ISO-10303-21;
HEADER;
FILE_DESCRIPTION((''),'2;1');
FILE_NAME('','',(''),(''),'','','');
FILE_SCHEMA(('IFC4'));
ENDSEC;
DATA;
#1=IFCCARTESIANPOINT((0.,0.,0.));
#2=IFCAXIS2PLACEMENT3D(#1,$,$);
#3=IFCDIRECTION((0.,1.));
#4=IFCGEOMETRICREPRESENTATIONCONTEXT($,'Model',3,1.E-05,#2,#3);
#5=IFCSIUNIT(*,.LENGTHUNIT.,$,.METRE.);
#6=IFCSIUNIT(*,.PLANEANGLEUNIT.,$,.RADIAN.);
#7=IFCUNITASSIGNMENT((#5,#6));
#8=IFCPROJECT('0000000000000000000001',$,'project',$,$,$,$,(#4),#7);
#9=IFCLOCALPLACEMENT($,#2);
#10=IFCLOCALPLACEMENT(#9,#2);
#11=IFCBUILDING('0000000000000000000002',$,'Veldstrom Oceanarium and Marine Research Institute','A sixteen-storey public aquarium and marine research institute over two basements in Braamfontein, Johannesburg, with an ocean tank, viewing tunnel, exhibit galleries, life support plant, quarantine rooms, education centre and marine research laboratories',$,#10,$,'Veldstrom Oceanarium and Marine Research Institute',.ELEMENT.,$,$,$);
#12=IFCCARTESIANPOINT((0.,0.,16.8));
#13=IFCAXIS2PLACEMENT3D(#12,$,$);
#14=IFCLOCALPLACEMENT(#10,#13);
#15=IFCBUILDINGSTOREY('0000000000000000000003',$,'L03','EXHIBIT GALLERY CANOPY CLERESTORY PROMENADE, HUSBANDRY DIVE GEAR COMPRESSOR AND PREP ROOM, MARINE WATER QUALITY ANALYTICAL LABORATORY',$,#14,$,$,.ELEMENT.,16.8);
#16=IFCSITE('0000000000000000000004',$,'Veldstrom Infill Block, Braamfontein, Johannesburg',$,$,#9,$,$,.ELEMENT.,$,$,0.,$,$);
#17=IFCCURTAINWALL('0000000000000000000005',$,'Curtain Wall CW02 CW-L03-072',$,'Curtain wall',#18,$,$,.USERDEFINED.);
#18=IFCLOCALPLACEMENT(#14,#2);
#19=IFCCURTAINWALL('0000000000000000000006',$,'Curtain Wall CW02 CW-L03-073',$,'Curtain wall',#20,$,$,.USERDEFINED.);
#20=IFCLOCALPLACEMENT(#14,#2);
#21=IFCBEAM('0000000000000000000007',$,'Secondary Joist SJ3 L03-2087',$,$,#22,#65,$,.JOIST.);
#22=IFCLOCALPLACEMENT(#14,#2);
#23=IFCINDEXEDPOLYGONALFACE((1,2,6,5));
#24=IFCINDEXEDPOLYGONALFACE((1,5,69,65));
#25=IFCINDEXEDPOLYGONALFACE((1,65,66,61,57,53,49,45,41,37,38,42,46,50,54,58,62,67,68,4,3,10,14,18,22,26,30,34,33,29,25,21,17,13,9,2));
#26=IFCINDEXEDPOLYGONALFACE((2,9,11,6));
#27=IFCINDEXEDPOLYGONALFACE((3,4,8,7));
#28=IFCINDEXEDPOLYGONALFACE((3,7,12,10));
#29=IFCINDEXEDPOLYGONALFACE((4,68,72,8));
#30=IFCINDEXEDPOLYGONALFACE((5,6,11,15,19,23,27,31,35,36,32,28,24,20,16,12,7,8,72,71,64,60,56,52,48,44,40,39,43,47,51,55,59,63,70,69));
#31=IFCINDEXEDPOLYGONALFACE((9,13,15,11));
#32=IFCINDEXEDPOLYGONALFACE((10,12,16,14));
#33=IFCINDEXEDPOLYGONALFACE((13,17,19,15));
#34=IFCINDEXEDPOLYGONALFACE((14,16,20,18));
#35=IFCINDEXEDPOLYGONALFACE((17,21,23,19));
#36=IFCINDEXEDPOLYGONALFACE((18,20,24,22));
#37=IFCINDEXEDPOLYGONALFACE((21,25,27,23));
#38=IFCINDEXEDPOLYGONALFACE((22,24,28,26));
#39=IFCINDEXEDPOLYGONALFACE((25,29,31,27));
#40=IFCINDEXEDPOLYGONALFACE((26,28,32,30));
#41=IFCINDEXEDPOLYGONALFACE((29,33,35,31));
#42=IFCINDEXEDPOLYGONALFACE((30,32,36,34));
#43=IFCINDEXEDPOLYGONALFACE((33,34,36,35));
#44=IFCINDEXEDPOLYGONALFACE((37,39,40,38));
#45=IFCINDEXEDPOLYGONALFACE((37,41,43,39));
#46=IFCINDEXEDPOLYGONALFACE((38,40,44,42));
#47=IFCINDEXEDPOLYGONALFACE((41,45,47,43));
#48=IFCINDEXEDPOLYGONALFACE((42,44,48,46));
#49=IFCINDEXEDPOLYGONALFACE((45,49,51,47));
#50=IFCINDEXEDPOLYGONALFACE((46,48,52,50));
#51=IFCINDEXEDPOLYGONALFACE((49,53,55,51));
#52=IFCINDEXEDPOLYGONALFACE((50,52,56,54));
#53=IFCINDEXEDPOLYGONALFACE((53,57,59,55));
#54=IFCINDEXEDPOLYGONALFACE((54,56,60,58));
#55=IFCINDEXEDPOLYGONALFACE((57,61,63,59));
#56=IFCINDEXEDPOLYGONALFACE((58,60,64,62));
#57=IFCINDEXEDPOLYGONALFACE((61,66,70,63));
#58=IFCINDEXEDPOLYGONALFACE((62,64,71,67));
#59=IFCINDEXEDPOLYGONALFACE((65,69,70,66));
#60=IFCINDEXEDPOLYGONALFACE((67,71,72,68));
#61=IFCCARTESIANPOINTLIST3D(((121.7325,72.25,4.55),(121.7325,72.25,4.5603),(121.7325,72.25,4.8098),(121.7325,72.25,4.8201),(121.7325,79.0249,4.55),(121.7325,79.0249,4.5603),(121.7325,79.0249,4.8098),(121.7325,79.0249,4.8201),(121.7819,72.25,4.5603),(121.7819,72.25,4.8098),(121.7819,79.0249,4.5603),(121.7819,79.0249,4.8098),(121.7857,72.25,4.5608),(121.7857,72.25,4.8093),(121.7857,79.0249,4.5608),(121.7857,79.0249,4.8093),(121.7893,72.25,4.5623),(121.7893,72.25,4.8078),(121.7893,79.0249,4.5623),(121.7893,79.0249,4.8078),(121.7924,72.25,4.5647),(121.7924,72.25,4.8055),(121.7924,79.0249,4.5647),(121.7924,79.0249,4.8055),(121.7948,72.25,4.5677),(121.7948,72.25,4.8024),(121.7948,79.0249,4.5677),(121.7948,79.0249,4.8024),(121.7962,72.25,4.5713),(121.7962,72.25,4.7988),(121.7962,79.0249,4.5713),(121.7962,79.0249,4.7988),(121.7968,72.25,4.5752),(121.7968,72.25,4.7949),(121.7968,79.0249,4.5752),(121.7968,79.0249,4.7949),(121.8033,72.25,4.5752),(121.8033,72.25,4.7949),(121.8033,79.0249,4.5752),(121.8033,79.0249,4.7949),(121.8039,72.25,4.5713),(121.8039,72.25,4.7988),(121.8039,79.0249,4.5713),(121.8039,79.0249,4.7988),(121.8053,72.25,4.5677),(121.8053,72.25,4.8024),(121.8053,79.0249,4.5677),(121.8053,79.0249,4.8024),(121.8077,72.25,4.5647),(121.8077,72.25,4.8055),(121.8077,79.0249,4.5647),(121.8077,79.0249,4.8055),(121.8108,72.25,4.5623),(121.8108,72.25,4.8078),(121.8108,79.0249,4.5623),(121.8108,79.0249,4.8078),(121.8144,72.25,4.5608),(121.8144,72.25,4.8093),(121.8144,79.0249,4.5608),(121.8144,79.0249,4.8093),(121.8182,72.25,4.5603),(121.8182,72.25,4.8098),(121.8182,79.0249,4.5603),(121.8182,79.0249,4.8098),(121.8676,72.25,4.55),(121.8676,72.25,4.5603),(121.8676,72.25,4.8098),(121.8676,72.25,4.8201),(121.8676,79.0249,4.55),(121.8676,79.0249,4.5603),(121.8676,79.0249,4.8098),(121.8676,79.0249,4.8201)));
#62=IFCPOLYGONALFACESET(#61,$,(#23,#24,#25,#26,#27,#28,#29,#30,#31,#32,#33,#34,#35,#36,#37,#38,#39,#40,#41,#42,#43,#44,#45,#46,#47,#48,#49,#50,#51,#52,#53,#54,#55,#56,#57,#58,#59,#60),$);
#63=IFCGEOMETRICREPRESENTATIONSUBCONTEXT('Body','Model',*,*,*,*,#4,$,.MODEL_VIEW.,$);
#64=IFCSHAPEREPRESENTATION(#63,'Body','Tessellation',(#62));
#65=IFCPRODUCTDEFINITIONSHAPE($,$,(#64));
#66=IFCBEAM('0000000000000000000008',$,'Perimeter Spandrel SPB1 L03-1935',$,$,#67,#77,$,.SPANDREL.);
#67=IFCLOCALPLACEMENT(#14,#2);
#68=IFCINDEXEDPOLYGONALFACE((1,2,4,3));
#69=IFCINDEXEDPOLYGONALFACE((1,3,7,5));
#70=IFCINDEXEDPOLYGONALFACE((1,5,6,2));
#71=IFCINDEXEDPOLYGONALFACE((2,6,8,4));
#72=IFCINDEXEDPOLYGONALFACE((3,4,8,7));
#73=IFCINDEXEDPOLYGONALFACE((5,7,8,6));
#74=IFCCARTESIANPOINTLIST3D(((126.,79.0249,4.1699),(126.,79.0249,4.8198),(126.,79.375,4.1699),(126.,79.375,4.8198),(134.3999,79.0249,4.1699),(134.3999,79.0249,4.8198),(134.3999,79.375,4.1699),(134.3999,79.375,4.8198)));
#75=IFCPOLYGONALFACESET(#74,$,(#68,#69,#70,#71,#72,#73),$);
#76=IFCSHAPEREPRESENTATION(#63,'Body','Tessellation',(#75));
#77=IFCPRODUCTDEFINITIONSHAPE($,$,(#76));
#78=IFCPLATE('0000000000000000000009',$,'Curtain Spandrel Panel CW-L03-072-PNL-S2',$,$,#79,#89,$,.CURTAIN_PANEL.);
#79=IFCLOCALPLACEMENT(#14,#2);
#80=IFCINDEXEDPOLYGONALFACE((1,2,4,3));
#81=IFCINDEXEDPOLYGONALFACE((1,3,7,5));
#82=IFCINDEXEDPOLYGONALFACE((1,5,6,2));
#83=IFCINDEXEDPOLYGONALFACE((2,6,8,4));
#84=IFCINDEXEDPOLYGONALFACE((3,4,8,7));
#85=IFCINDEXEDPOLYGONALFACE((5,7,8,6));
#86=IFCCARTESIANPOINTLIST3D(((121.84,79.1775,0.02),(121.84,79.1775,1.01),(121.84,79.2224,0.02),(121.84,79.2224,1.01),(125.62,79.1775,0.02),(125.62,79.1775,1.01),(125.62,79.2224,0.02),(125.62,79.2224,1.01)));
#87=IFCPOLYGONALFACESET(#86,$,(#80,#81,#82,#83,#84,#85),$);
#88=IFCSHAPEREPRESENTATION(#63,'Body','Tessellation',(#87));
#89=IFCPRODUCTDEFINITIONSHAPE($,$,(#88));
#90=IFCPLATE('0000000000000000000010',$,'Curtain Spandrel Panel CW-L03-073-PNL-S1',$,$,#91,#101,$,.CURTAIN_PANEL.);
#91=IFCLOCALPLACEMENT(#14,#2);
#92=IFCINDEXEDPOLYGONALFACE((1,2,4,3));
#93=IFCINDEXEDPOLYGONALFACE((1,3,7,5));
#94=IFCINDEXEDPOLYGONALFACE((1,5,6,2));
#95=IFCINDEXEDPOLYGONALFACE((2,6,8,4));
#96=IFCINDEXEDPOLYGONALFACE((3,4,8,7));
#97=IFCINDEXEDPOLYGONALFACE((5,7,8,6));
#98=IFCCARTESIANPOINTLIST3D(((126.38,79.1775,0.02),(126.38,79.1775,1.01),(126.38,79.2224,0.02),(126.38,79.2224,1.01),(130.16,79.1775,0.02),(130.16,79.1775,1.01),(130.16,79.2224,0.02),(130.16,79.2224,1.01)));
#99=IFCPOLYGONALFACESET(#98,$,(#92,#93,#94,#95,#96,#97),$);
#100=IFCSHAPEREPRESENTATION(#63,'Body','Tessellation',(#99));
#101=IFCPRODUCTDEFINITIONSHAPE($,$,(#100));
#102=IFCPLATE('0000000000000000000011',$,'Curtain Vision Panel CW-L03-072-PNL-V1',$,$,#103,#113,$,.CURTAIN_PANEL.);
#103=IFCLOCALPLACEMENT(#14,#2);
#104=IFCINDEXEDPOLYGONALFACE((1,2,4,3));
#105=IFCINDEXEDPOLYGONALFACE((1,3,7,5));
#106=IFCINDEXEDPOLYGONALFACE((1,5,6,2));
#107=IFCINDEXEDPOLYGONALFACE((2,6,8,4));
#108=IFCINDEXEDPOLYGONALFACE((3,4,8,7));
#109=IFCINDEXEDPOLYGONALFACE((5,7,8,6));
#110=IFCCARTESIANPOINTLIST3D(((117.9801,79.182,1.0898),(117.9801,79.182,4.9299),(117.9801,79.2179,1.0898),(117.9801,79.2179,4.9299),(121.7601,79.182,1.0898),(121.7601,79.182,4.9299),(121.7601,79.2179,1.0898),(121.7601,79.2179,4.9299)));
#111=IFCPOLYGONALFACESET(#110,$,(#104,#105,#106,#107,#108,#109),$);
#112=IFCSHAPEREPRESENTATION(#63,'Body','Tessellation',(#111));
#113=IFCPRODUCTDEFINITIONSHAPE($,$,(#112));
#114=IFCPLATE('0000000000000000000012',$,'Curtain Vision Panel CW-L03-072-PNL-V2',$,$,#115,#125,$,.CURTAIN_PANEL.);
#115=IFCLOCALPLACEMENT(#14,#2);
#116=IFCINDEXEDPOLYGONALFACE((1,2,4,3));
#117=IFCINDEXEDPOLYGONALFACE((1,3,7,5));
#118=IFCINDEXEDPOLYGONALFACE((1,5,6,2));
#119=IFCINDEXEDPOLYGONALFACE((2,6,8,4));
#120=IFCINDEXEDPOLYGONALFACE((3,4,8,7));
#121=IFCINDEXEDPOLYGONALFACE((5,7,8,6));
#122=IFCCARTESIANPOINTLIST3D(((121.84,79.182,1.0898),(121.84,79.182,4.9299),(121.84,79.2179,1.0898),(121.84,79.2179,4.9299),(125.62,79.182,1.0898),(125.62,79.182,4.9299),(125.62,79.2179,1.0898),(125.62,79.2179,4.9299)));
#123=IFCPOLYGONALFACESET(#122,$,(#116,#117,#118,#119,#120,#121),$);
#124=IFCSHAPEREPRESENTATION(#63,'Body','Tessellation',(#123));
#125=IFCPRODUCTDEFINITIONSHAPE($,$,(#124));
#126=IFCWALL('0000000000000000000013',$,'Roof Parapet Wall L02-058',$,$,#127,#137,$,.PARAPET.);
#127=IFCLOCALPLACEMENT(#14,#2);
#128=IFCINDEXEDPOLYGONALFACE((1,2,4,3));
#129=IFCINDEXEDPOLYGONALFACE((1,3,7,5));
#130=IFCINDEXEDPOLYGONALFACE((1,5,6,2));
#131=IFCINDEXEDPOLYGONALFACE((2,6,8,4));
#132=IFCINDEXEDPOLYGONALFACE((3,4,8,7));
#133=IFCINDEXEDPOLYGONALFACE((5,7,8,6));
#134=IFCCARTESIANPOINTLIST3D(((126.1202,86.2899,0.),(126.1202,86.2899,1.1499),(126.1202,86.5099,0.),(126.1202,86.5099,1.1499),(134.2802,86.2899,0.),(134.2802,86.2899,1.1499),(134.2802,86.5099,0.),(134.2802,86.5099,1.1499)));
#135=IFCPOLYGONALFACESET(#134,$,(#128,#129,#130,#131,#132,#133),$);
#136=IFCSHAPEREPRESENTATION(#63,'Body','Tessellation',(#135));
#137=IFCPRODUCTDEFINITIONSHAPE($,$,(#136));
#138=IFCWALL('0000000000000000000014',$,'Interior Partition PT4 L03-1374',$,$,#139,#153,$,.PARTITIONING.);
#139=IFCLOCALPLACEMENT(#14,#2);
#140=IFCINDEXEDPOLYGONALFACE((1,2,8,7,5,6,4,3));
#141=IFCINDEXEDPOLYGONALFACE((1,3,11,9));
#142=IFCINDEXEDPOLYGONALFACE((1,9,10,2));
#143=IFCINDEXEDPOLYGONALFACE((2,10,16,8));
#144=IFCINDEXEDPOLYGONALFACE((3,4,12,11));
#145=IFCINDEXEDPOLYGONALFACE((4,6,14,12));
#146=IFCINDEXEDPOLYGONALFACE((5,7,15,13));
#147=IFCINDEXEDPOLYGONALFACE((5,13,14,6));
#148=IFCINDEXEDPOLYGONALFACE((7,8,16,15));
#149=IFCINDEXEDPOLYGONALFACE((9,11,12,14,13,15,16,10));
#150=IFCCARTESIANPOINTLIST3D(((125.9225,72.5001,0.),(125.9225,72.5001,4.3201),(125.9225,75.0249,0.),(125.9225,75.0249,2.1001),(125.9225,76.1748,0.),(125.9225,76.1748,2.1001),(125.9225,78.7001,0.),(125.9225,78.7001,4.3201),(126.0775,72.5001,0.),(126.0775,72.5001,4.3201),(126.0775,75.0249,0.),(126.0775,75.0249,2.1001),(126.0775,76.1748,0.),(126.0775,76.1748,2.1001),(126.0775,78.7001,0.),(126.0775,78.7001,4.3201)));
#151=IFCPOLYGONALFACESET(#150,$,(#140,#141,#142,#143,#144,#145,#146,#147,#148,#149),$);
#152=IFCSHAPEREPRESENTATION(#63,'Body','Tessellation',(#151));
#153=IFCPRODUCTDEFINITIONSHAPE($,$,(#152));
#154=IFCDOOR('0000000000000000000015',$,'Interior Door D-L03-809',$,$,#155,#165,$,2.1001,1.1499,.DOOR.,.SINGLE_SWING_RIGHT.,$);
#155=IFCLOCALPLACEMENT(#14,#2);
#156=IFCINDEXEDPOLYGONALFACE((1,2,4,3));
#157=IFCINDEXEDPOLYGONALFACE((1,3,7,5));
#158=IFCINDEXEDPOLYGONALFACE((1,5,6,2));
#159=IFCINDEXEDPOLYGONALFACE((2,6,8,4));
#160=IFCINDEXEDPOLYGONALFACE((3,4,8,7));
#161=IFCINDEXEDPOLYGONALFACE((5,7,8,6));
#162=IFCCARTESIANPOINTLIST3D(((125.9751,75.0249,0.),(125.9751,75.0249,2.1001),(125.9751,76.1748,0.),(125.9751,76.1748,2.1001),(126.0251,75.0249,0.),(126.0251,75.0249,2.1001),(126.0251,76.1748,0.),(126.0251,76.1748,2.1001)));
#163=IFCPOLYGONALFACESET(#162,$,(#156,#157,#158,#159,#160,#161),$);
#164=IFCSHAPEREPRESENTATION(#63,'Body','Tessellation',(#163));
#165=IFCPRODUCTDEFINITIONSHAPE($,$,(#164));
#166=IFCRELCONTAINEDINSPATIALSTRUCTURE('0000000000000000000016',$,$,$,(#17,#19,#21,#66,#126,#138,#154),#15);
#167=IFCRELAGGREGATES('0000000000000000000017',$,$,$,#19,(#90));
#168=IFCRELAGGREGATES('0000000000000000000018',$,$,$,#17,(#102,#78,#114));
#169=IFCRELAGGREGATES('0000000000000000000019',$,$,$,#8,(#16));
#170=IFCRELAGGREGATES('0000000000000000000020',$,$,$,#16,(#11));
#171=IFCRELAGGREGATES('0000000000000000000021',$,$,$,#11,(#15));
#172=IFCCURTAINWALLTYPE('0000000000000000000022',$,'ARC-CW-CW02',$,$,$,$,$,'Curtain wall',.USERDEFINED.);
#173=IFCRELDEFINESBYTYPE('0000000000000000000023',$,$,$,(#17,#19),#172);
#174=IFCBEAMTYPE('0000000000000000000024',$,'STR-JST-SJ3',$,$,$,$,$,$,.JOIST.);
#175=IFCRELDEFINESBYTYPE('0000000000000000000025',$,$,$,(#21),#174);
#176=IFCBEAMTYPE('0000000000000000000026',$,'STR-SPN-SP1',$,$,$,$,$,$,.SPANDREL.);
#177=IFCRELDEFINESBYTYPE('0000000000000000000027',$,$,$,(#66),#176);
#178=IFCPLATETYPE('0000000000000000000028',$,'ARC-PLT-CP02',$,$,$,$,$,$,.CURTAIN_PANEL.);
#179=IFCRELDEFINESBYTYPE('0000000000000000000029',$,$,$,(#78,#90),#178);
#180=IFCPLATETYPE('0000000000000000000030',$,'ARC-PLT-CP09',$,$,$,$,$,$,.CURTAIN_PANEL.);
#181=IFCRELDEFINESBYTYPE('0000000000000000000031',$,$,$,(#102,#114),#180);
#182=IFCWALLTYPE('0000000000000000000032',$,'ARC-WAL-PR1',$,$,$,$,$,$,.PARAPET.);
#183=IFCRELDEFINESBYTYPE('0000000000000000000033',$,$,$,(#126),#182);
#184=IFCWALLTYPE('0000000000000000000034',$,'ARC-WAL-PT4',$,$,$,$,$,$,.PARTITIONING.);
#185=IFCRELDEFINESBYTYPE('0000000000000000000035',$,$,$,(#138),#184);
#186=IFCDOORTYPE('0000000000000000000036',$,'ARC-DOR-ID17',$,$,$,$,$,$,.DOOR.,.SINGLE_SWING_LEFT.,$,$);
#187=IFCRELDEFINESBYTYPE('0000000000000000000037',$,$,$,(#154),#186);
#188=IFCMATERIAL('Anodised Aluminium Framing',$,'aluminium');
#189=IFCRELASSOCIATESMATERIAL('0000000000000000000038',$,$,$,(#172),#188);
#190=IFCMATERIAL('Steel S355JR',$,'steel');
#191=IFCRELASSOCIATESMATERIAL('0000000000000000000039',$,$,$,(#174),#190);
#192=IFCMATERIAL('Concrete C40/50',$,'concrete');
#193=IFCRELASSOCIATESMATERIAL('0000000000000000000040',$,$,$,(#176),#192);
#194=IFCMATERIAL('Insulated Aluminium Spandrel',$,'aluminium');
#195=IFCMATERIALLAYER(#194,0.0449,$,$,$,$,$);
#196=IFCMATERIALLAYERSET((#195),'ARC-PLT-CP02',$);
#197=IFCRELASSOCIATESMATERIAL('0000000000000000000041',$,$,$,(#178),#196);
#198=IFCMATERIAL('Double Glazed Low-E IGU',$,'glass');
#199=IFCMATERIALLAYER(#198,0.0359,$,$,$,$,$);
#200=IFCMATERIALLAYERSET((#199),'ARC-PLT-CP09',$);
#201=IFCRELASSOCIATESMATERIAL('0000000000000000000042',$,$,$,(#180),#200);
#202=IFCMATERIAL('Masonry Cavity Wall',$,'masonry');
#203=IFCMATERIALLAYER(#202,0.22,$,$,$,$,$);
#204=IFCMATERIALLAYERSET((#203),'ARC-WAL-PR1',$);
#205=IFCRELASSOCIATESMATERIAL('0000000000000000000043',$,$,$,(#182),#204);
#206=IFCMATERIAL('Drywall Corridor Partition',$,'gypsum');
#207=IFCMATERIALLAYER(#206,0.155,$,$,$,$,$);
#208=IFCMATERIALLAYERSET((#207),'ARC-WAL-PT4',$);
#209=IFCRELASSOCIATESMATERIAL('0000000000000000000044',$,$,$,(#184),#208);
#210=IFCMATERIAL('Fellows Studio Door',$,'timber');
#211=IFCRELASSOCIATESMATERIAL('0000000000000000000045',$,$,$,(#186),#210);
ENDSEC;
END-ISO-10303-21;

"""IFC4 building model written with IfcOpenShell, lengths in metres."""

from ifc_helpers import new_model, si_unit, direction, frame, frame_2d, origin, origin_2d, place, context, subcontext, project, spatial, rectangle, i_section, extrude, material, layer, layer_set, material_profile, profile_set, type_object, element, fill, aggregate, save


model = new_model("IFC4")

# Units and contexts
model_context = context("Model", 3, precision=1e-05, world=origin(), true_north=direction((0.0, 1.0)))
body_context = subcontext(model_context, "Body", "Model", "MODEL_VIEW")
ifc_project = project(units=[si_unit("LENGTHUNIT", "METRE"), si_unit("PLANEANGLEUNIT", "RADIAN")], contexts=[model_context])

# Site, building, storey
site_placement = place(None, origin())
site = spatial("IfcSite", under=ifc_project, at=site_placement, Name="Veldstrom Infill Block, Braamfontein, Johannesburg", CompositionType="ELEMENT", RefElevation=0.0)
building_placement = place(site_placement, origin())
building = spatial("IfcBuilding", under=site, at=building_placement, Name="Veldstrom Oceanarium and Marine Research Institute", Description="A sixteen-storey public aquarium and marine research institute over two basements in Braamfontein, Johannesburg, with an ocean tank, viewing tunnel, exhibit galleries, life support plant, quarantine rooms, education centre and marine research laboratories", LongName="Veldstrom Oceanarium and Marine Research Institute", CompositionType="ELEMENT")
storey_placement = place(building_placement, frame((0.0, 0.0, 16.8)))
storey = spatial("IfcBuildingStorey", under=building, at=storey_placement, Name="L03", Description="EXHIBIT GALLERY CANOPY CLERESTORY PROMENADE, HUSBANDRY DIVE GEAR COMPRESSOR AND PREP ROOM, MARINE WATER QUALITY ANALYTICAL LABORATORY", CompositionType="ELEMENT", Elevation=16.8)

# Curtain wall
ifc_material_1 = material(Name="Anodised Aluminium Framing", Category="aluminium")
curtain_wall_type = type_object("IfcCurtainWallType", Name="ARC-CW-CW02", ElementType="Curtain wall", PredefinedType="USERDEFINED", material=ifc_material_1)
curtain_wall_1_placement = place(storey_placement, origin())
curtain_wall_1 = element("IfcCurtainWall", 1, at=curtain_wall_1_placement, inside=storey, type_object=curtain_wall_type, Name="Curtain Wall CW02 CW-L03-072", ObjectType="Curtain wall", PredefinedType="USERDEFINED")

# Curtain wall
curtain_wall_2_placement = place(storey_placement, origin())
curtain_wall_2 = element("IfcCurtainWall", 2, at=curtain_wall_2_placement, inside=storey, type_object=curtain_wall_type, Name="Curtain Wall CW02 CW-L03-073", ObjectType="Curtain wall", PredefinedType="USERDEFINED")

# Beams
ifc_material_2 = material(Name="Steel S355JR", Category="steel")
ifc_material_profile_1 = material_profile(ifc_material_2, i_section(OverallWidth=0.135, OverallDepth=0.27, WebThickness=0.0066, FlangeThickness=0.0103, FilletRadius=0.0149, at=origin_2d()), Name="IPE 270")
ifc_profile_set_1 = profile_set([ifc_material_profile_1], Name="Steel S355JR")
beam_type_1 = type_object("IfcBeamType", Name="STR-JST-SJ3", PredefinedType="JOIST", material=ifc_profile_set_1)
beam_1_placement = place(storey_placement, frame((121.8, 72.25, 4.6851), z_axis=(0.0, 1.0, 0.0), x_axis=(-1.0, 0.0, 0.0)))
element("IfcBeam", 3, at=beam_1_placement, inside=storey, type_object=beam_type_1, Name="Secondary Joist SJ3 L03-2087", PredefinedType="JOIST", context=body_context, shape_type="SweptSolid", body=[
    extrude(i_section(OverallWidth=0.135, OverallDepth=0.27, WebThickness=0.0066, FlangeThickness=0.0103, FilletRadius=0.0149, at=origin_2d()), origin(), (0.0, 0.0, 1.0), 6.7749),
])
ifc_material_3 = material(Name="Concrete C40/50", Category="concrete")
ifc_material_profile_2 = material_profile(ifc_material_3, rectangle(XDim=0.3501, YDim=0.6499, at=origin_2d()), Name="RC-SPN-350x650")
ifc_profile_set_2 = profile_set([ifc_material_profile_2], Name="Concrete C40/50")
beam_type_2 = type_object("IfcBeamType", Name="STR-SPN-SP1", PredefinedType="SPANDREL", material=ifc_profile_set_2)
beam_2_placement = place(storey_placement, frame((126.0, 79.2, 4.4949), z_axis=(1.0, 0.0, 0.0), x_axis=(0.0, 1.0, 0.0)))
element("IfcBeam", 4, at=beam_2_placement, inside=storey, type_object=beam_type_2, Name="Perimeter Spandrel SPB1 L03-1935", PredefinedType="SPANDREL", context=body_context, shape_type="SweptSolid", body=[
    extrude(rectangle(XDim=0.3501, YDim=0.6499, at=origin_2d()), origin(), (0.0, 0.0, 1.0), 8.3999),
])

# Plates
ifc_material_4 = material(Name="Insulated Aluminium Spandrel", Category="aluminium")
ifc_layer_1 = layer(ifc_material_4, 0.0449)
ifc_layer_set_1 = layer_set([ifc_layer_1], Name="ARC-PLT-CP02")
plate_type_1 = type_object("IfcPlateType", Name="ARC-PLT-CP02", PredefinedType="CURTAIN_PANEL", material=ifc_layer_set_1)
plate_1_placement = place(storey_placement, frame((123.73, 79.2, 0.02), z_axis=(0.0, 0.0, 1.0), x_axis=(1.0, 0.0, 0.0)))
plate_1 = element("IfcPlate", 5, at=plate_1_placement, type_object=plate_type_1, Name="Curtain Spandrel Panel CW-L03-072-PNL-S2", PredefinedType="CURTAIN_PANEL", context=body_context, shape_type="SweptSolid", body=[
    extrude(rectangle(XDim=3.78, YDim=0.0449, at=origin_2d()), origin(), (0.0, 0.0, 1.0), 0.99),
])
plate_2_placement = place(storey_placement, frame((128.27, 79.2, 0.02), z_axis=(0.0, 0.0, 1.0), x_axis=(1.0, 0.0, 0.0)))
plate_2 = element("IfcPlate", 6, at=plate_2_placement, type_object=plate_type_1, Name="Curtain Spandrel Panel CW-L03-073-PNL-S1", PredefinedType="CURTAIN_PANEL", context=body_context, shape_type="SweptSolid", body=[
    extrude(rectangle(XDim=3.78, YDim=0.0449, at=origin_2d()), origin(), (0.0, 0.0, 1.0), 0.99),
])
aggregate(curtain_wall_2, [plate_2])
ifc_material_5 = material(Name="Double Glazed Low-E IGU", Category="glass")
ifc_layer_2 = layer(ifc_material_5, 0.0359)
ifc_layer_set_2 = layer_set([ifc_layer_2], Name="ARC-PLT-CP09")
plate_type_2 = type_object("IfcPlateType", Name="ARC-PLT-CP09", PredefinedType="CURTAIN_PANEL", material=ifc_layer_set_2)
plate_3_placement = place(storey_placement, frame((119.8701, 79.2, 1.0898), z_axis=(0.0, 0.0, 1.0), x_axis=(1.0, 0.0, 0.0)))
plate_3 = element("IfcPlate", 7, at=plate_3_placement, type_object=plate_type_2, Name="Curtain Vision Panel CW-L03-072-PNL-V1", PredefinedType="CURTAIN_PANEL", context=body_context, shape_type="SweptSolid", body=[
    extrude(rectangle(XDim=3.78, YDim=0.0359, at=origin_2d()), origin(), (0.0, 0.0, 1.0), 3.8401),
])
plate_4_placement = place(storey_placement, frame((123.73, 79.2, 1.0898), z_axis=(0.0, 0.0, 1.0), x_axis=(1.0, 0.0, 0.0)))
plate_4 = element("IfcPlate", 8, at=plate_4_placement, type_object=plate_type_2, Name="Curtain Vision Panel CW-L03-072-PNL-V2", PredefinedType="CURTAIN_PANEL", context=body_context, shape_type="SweptSolid", body=[
    extrude(rectangle(XDim=3.78, YDim=0.0359, at=origin_2d()), origin(), (0.0, 0.0, 1.0), 3.8401),
])
aggregate(curtain_wall_1, [plate_3, plate_1, plate_4])

# Wall
ifc_material_6 = material(Name="Masonry Cavity Wall", Category="masonry")
ifc_layer_3 = layer(ifc_material_6, 0.22)
ifc_layer_set_3 = layer_set([ifc_layer_3], Name="ARC-WAL-PR1")
wall_type_1 = type_object("IfcWallType", Name="ARC-WAL-PR1", PredefinedType="PARAPET", material=ifc_layer_set_3)
wall_1_placement = place(storey_placement, frame((126.1201, 86.3999, 0.0), z_axis=(0.0, 0.0, 1.0), x_axis=(1.0, 0.0, 0.0)))
element("IfcWall", 9, at=wall_1_placement, inside=storey, type_object=wall_type_1, Name="Roof Parapet Wall L02-058", PredefinedType="PARAPET", context=body_context, shape_type="SweptSolid", body=[
    extrude(rectangle(XDim=8.1599, YDim=0.22, at=frame_2d((4.0801, 0.0))), origin(), (0.0, 0.0, 1.0), 1.1499),
])

# Wall, opening, door
ifc_material_7 = material(Name="Drywall Corridor Partition", Category="gypsum")
ifc_layer_4 = layer(ifc_material_7, 0.155)
ifc_layer_set_4 = layer_set([ifc_layer_4], Name="ARC-WAL-PT4")
wall_type_2 = type_object("IfcWallType", Name="ARC-WAL-PT4", PredefinedType="PARTITIONING", material=ifc_layer_set_4)
wall_2_placement = place(storey_placement, frame((126.0, 72.5, 0.0), z_axis=(0.0, 0.0, 1.0), x_axis=(0.0, 1.0, 0.0)))
wall_2 = element("IfcWall", 10, at=wall_2_placement, inside=storey, type_object=wall_type_2, Name="Interior Partition PT4 L03-1374", PredefinedType="PARTITIONING", context=body_context, shape_type="SweptSolid", body=[
    extrude(rectangle(XDim=6.2, YDim=0.155, at=frame_2d((3.1001, 0.0))), origin(), (0.0, 0.0, 1.0), 4.3201),
])
opening_1_placement = place(wall_2_placement, frame((2.5249, 0.0, 0.0)))
opening_1 = element("IfcOpeningElement", 11, at=opening_1_placement, cuts=wall_2, PredefinedType="OPENING", context=body_context, shape_type="SweptSolid", body=[
    extrude(rectangle(XDim=1.1499, YDim=2.1001, at=frame_2d((0.575, 1.05))), frame((0.0, 0.0874, 0.0), z_axis=(0.0, -1.0, 0.0), x_axis=(1.0, 0.0, 0.0)), (0.0, 0.0, 1.0), 0.175),
])
ifc_material_8 = material(Name="Fellows Studio Door", Category="timber")
door_type = type_object("IfcDoorType", Name="ARC-DOR-ID17", OperationType="SINGLE_SWING_LEFT", PredefinedType="DOOR", material=ifc_material_8)
door_1_placement = place(opening_1_placement, origin())
door_1 = element("IfcDoor", 12, at=door_1_placement, inside=storey, type_object=door_type, Name="Interior Door D-L03-809", OperationType="SINGLE_SWING_RIGHT", OverallHeight=2.1001, OverallWidth=1.1499, PredefinedType="DOOR", context=body_context, shape_type="SweptSolid", body=[
    extrude(rectangle(XDim=1.1499, YDim=2.1001, at=frame_2d((0.575, 1.05))), frame((0.0, 0.0249, 0.0), z_axis=(0.0, -1.0, 0.0), x_axis=(1.0, 0.0, 0.0)), (0.0, 0.0, 1.0), 0.05),
])
fill(opening_1, door_1)

save(model, "model.ifc")
